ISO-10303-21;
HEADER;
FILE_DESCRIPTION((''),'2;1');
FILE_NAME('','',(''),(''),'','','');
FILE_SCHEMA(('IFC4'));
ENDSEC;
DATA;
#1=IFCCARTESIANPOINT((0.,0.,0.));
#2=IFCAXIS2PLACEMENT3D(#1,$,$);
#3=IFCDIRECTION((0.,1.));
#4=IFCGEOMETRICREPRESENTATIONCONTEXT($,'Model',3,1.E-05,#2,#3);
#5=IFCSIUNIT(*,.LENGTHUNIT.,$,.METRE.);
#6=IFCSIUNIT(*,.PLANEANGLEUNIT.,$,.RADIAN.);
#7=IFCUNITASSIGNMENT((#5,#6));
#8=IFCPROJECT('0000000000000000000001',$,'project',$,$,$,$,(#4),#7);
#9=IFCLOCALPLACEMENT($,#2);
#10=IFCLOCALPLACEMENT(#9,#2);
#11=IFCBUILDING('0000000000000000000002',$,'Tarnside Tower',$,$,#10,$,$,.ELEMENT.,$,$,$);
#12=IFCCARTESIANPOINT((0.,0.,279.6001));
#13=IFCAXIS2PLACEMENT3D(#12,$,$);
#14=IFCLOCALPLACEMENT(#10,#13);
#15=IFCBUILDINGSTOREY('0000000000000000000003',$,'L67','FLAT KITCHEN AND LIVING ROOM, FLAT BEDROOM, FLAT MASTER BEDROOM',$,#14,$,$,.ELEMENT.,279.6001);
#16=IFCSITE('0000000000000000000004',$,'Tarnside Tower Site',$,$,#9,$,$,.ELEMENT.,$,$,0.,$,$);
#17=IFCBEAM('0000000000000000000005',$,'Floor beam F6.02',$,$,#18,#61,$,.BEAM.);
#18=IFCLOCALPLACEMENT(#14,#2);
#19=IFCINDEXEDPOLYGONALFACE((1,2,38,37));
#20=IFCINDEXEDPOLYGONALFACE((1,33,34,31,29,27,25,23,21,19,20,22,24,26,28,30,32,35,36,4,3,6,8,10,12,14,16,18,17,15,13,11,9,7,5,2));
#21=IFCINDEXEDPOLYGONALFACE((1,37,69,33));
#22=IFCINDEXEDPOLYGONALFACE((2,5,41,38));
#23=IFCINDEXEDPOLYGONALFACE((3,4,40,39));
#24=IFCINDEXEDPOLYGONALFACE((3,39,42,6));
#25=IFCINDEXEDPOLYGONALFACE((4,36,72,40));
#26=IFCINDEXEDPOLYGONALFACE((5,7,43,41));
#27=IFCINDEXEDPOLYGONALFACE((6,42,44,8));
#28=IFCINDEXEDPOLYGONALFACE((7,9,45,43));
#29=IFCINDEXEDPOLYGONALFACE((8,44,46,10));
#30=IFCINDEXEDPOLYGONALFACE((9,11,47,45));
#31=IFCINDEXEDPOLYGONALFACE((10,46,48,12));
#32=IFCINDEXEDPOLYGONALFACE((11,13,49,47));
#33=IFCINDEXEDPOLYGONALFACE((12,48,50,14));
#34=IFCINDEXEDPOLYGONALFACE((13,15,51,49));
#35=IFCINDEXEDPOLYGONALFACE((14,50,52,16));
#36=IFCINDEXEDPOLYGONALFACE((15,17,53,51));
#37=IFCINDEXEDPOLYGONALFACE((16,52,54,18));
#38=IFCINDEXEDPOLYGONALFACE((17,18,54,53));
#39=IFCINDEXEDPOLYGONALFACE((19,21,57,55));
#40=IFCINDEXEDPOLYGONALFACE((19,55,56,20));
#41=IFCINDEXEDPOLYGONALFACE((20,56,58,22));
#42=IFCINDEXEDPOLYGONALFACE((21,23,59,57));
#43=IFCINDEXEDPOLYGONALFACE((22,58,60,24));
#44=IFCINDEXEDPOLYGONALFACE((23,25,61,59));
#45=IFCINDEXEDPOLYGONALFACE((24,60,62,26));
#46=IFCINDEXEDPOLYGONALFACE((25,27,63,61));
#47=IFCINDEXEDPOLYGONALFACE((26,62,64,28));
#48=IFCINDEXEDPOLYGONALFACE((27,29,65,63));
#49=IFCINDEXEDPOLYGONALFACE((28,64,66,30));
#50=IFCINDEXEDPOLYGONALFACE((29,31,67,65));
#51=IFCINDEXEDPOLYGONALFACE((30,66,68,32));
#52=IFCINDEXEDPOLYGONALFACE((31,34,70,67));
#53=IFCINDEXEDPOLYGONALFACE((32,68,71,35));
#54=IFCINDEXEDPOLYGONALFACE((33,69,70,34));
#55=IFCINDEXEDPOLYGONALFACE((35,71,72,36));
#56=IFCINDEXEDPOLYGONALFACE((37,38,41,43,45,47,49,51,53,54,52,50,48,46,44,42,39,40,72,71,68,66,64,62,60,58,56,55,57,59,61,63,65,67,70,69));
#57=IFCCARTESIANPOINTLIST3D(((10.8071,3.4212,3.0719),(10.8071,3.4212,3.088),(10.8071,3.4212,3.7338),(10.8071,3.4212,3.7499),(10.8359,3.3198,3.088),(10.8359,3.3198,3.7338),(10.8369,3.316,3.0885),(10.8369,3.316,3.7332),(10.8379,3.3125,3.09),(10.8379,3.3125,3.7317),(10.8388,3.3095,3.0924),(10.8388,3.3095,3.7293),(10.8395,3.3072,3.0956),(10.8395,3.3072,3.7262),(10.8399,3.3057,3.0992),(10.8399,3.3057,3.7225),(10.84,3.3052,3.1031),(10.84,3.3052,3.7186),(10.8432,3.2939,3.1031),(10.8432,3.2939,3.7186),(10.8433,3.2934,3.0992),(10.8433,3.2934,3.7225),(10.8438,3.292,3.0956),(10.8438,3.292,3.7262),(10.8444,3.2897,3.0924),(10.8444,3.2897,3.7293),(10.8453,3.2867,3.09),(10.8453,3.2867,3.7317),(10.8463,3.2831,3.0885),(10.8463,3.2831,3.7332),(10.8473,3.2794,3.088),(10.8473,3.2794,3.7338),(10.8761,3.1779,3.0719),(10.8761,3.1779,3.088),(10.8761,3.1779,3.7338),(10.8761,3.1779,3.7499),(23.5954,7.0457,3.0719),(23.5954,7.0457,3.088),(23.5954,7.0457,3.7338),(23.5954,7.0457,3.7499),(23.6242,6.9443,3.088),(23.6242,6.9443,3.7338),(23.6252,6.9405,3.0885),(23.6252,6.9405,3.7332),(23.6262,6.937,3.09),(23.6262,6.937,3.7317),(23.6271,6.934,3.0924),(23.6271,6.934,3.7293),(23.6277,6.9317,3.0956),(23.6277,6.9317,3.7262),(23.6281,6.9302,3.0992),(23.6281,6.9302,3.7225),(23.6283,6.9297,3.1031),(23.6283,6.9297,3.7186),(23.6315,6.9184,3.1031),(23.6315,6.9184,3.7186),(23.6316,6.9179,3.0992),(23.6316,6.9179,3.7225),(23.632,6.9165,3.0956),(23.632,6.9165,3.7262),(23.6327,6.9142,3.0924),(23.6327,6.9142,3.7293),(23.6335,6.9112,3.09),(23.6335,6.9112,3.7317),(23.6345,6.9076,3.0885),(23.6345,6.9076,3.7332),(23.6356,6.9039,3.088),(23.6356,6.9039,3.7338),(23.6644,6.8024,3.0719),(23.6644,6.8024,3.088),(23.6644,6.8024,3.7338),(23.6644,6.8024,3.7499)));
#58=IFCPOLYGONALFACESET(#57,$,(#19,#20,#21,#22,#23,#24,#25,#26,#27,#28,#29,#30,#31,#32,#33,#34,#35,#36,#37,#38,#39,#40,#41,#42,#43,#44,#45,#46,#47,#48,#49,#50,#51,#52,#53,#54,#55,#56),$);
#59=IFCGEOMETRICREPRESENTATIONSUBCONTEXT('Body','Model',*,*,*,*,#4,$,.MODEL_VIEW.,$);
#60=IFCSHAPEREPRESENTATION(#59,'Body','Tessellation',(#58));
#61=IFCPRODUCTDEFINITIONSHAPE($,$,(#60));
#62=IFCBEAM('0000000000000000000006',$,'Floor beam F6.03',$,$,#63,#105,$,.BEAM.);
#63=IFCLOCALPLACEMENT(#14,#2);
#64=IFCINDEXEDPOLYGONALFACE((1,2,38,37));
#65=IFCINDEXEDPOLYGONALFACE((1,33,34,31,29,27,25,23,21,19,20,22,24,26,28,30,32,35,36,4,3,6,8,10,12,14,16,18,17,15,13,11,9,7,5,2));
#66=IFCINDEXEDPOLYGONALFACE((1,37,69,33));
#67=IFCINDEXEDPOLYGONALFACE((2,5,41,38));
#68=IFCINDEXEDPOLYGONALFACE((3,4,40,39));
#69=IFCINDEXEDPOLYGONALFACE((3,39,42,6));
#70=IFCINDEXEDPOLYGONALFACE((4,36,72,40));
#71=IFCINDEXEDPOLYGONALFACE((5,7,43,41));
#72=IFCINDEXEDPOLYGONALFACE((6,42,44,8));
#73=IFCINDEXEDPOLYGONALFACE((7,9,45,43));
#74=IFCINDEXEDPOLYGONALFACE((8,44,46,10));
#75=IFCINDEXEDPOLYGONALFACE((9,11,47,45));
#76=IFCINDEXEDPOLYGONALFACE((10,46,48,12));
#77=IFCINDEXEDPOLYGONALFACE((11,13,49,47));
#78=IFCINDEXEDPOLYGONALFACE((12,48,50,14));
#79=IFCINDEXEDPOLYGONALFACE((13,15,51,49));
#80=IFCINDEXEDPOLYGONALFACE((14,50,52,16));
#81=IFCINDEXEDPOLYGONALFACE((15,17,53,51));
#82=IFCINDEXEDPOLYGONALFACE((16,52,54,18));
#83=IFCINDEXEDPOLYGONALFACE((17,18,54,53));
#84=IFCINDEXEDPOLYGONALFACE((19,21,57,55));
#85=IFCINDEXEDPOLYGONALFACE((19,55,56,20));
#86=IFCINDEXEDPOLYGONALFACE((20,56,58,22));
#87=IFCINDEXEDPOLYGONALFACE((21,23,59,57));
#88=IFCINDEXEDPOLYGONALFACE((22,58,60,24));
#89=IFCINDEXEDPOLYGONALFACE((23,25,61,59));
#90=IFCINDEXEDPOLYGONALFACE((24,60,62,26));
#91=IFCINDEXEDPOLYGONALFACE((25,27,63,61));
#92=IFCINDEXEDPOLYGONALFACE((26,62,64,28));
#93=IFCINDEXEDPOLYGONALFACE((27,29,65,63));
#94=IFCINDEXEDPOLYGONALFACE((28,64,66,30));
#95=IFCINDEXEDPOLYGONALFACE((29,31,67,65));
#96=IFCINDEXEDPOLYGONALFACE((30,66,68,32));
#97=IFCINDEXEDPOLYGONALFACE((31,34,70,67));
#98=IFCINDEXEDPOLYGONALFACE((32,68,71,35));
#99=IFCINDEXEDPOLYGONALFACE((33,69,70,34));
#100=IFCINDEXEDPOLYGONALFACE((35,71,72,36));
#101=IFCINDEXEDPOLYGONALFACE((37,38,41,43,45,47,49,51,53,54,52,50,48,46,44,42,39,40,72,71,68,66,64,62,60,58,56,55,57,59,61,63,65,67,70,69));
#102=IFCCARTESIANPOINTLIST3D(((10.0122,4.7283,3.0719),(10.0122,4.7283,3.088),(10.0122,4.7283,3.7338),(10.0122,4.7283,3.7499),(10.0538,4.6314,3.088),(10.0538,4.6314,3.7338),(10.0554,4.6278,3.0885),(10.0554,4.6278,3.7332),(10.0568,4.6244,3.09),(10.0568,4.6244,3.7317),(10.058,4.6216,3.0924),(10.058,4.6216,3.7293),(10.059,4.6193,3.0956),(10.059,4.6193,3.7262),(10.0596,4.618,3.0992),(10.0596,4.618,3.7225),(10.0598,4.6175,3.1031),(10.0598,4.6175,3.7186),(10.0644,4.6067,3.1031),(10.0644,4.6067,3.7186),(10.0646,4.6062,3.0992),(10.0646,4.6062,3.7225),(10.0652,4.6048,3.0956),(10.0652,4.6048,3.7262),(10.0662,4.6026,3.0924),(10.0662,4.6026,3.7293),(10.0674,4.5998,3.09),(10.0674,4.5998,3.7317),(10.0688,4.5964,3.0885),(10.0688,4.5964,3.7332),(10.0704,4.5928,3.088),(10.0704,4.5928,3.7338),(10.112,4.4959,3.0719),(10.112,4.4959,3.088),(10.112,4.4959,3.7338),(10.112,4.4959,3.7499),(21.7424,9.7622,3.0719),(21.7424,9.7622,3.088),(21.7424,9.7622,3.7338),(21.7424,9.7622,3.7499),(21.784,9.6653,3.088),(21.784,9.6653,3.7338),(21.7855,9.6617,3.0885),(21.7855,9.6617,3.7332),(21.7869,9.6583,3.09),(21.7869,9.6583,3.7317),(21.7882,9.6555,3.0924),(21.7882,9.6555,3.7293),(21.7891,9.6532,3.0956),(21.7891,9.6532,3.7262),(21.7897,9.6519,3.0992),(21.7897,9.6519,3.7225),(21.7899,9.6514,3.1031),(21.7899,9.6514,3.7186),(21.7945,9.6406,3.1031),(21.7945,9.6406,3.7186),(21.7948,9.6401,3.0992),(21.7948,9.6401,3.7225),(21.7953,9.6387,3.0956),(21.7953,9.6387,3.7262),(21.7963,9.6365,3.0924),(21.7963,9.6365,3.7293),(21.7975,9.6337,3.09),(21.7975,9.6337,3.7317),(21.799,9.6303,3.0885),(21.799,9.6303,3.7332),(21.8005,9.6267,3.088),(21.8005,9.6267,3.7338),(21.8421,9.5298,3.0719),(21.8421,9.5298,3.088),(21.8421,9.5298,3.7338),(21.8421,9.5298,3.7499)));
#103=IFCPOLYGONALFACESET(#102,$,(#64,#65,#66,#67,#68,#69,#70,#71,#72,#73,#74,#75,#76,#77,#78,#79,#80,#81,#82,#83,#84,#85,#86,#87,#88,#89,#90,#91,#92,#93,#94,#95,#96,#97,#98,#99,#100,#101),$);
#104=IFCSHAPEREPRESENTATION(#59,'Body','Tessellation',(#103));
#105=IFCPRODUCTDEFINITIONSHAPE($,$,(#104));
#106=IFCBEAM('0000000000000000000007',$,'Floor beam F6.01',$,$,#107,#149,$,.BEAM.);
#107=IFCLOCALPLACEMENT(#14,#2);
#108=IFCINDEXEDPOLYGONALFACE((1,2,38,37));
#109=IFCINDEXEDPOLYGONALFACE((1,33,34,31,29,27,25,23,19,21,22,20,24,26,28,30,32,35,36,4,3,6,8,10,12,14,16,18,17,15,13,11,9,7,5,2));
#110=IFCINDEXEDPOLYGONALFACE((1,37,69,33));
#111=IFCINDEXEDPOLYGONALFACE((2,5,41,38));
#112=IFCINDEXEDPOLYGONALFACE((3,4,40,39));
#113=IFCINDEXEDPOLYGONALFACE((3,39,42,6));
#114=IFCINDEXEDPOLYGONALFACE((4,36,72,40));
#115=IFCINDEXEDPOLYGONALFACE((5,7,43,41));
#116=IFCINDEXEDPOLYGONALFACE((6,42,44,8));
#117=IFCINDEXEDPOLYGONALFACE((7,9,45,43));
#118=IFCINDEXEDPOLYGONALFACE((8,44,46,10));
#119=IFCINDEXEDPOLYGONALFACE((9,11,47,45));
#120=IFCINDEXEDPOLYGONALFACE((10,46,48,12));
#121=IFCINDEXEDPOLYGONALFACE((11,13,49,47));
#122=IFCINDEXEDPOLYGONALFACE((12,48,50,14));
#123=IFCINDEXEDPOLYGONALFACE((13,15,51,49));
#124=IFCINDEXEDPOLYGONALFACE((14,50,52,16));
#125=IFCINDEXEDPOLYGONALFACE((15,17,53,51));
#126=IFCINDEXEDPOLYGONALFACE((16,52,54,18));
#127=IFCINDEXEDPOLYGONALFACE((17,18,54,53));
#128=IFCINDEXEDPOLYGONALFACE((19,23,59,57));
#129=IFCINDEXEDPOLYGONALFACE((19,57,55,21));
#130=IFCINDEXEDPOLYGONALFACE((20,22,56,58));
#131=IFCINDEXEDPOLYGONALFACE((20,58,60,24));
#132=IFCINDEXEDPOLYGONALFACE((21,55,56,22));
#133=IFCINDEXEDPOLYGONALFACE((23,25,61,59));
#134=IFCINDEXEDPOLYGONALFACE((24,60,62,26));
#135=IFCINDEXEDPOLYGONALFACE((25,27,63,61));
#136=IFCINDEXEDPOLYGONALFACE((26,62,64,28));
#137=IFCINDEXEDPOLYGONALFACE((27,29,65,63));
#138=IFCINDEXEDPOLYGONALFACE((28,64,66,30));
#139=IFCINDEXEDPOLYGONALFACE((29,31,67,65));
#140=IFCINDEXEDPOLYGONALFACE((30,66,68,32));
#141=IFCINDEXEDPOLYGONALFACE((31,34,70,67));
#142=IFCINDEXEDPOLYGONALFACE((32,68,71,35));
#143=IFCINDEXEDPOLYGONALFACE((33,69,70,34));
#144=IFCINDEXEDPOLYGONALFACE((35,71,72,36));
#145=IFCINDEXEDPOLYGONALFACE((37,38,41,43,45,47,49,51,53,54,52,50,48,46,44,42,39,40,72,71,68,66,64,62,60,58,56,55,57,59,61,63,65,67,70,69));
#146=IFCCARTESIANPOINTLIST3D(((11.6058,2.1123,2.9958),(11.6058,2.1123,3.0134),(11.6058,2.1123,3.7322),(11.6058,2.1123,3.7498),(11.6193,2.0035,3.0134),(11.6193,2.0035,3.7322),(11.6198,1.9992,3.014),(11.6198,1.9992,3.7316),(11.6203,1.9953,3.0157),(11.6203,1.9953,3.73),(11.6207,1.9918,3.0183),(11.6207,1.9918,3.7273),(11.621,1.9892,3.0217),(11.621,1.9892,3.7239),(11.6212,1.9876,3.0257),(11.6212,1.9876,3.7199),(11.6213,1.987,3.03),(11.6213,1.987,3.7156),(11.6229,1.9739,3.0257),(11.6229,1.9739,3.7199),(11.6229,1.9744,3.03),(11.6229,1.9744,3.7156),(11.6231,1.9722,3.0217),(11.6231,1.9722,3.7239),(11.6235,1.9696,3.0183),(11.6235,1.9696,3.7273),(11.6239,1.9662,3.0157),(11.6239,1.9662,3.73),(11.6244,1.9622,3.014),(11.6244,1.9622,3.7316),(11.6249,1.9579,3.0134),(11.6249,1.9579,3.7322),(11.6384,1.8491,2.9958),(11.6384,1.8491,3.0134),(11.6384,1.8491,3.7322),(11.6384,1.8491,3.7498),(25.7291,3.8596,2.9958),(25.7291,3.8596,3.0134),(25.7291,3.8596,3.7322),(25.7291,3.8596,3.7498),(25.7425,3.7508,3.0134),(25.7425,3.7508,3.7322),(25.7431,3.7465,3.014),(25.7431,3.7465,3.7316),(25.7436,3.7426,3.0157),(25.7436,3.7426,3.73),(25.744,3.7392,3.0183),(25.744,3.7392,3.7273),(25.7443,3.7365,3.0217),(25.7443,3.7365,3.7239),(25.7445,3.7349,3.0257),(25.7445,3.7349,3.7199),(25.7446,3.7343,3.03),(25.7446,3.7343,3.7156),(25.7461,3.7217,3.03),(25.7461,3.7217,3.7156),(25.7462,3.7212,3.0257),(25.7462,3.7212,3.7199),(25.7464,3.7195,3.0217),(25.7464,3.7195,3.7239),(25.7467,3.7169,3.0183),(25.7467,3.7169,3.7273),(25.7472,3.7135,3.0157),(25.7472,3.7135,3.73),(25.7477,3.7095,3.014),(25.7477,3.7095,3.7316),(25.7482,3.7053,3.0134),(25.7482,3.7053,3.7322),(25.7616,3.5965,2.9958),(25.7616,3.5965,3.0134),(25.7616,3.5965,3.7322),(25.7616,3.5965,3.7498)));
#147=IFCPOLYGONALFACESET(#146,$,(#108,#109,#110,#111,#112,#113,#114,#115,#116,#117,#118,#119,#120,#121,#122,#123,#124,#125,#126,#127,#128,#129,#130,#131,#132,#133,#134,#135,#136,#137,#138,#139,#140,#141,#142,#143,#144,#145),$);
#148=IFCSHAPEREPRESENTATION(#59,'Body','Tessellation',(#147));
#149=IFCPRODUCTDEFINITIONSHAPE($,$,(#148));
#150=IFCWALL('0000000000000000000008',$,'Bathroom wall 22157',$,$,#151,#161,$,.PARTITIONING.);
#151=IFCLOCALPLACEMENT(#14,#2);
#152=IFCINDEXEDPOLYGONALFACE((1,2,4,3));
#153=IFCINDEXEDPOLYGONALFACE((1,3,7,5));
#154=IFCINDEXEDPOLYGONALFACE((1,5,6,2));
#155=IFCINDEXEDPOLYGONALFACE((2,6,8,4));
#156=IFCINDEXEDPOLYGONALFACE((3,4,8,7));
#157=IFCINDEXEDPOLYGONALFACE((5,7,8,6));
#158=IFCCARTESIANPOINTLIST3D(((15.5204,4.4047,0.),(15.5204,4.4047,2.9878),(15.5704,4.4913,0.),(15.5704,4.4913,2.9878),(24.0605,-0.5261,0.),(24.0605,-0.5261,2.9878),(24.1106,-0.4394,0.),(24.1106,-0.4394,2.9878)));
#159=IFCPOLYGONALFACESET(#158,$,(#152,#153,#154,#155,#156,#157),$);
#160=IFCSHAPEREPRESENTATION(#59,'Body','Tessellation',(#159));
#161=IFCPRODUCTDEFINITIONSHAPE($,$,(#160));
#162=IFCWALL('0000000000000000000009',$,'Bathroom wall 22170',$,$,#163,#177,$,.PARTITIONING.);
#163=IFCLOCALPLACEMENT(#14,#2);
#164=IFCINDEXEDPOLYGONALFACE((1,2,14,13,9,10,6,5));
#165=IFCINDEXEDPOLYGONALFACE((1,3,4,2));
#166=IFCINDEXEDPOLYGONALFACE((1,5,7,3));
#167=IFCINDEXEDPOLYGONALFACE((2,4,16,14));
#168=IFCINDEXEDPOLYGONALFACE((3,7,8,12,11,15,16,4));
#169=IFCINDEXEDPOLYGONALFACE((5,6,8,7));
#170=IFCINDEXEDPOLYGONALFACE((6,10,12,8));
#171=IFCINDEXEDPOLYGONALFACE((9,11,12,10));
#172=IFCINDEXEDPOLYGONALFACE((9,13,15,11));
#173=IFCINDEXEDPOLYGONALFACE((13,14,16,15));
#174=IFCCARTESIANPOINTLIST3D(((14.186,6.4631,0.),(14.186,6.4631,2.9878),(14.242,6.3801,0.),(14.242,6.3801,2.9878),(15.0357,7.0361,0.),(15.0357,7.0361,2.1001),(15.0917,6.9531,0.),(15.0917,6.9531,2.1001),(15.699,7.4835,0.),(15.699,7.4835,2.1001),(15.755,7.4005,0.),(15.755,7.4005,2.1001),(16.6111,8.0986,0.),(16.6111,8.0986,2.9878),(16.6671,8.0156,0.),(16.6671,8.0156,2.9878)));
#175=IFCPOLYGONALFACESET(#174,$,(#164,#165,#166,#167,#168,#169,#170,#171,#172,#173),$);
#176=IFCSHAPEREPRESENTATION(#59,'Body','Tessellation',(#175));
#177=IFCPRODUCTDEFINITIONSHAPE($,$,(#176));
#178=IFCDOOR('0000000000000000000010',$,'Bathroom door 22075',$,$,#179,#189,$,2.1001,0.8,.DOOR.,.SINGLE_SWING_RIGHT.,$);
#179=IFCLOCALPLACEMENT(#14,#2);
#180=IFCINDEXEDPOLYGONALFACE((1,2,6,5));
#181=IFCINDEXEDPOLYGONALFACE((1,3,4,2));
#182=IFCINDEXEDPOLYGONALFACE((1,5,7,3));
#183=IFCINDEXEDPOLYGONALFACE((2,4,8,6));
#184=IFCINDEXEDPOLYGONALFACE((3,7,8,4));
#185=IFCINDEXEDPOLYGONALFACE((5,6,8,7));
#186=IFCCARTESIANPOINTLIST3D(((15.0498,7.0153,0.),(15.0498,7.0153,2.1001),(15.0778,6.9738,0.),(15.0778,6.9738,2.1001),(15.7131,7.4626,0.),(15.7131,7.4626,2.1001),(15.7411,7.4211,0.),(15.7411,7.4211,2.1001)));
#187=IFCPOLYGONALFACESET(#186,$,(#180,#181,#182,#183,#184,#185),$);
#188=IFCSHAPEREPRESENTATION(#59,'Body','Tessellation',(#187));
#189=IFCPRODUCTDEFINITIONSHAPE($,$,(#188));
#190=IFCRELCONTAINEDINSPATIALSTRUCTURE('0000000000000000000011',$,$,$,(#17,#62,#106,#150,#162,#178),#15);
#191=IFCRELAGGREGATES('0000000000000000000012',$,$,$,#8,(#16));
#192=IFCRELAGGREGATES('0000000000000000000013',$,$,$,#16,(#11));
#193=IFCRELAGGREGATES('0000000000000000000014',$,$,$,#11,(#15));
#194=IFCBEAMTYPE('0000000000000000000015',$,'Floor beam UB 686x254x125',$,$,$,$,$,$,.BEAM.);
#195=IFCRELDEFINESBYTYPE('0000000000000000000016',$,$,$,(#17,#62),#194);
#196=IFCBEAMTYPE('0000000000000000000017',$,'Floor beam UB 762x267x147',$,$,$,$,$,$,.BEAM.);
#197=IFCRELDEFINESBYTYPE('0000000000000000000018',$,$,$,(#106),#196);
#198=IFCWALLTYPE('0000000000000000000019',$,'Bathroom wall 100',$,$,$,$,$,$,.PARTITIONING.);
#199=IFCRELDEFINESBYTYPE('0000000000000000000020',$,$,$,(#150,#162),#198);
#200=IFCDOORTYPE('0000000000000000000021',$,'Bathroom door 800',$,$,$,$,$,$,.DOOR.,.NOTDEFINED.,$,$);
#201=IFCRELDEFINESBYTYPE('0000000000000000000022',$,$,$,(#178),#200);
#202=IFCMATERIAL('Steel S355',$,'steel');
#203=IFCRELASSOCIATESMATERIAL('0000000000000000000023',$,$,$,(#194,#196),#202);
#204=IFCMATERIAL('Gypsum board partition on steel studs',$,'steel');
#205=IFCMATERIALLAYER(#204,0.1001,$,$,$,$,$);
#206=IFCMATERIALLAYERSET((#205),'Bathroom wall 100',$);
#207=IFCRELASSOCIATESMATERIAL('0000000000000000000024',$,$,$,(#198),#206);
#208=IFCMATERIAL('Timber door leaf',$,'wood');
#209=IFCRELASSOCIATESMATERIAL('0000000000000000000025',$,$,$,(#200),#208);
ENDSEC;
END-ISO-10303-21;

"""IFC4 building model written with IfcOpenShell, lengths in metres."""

from ifc_helpers import new_model, si_unit, direction, frame, frame_2d, origin, origin_2d, place, context, subcontext, project, spatial, rectangle, i_section, extrude, material, layer, layer_set, material_profile, profile_set, type_object, element, fill, save


model = new_model("IFC4")

# Units and contexts
model_context = context("Model", 3, precision=1e-05, world=origin(), true_north=direction((0.0, 1.0)))
body_context = subcontext(model_context, "Body", "Model", "MODEL_VIEW")
ifc_project = project(units=[si_unit("LENGTHUNIT", "METRE"), si_unit("PLANEANGLEUNIT", "RADIAN")], contexts=[model_context])

# Site, building, storey
site_placement = place(None, origin())
site = spatial("IfcSite", under=ifc_project, at=site_placement, Name="Tarnside Tower Site", CompositionType="ELEMENT", RefElevation=0.0)
building_placement = place(site_placement, origin())
building = spatial("IfcBuilding", under=site, at=building_placement, Name="Tarnside Tower", CompositionType="ELEMENT")
storey_placement = place(building_placement, frame((0.0, 0.0, 279.6001)))
storey = spatial("IfcBuildingStorey", under=building, at=storey_placement, Name="L67", Description="FLAT KITCHEN AND LIVING ROOM, FLAT BEDROOM, FLAT MASTER BEDROOM", CompositionType="ELEMENT", Elevation=279.6001)

# Beams
ifc_material_1 = material(Name="Steel S355", Category="steel")
ifc_material_profile_1 = material_profile(ifc_material_1, i_section(OverallWidth=0.2529, OverallDepth=0.678, WebThickness=0.0117, FlangeThickness=0.0161, FilletRadius=0.0151, at=origin_2d()), Name="UB 686x254x125")
ifc_profile_set_1 = profile_set([ifc_material_profile_1], Name="Steel S355")
beam_type_1 = type_object("IfcBeamType", Name="Floor beam UB 686x254x125", PredefinedType="BEAM", material=ifc_profile_set_1)
beam_1_placement = place(storey_placement, frame((23.6299, 6.9241, 3.4109), z_axis=(-0.962104, -0.272683, 0.0), x_axis=(0.272683, -0.962104, 0.0)))
element("IfcBeam", 1, at=beam_1_placement, inside=storey, type_object=beam_type_1, Name="Floor beam F6.02", PredefinedType="BEAM", context=body_context, shape_type="SweptSolid", body=[
    extrude(i_section(OverallWidth=0.2529, OverallDepth=0.678, WebThickness=0.0117, FlangeThickness=0.0161, FilletRadius=0.0151, at=origin_2d()), origin(), (0.0, 0.0, 1.0), 13.292),
])
beam_2_placement = place(storey_placement, frame((21.7922, 9.646, 3.4109), z_axis=(-0.918955, -0.394362, 0.0), x_axis=(0.394362, -0.918955, 0.0)))
element("IfcBeam", 2, at=beam_2_placement, inside=storey, type_object=beam_type_1, Name="Floor beam F6.03", PredefinedType="BEAM", context=body_context, shape_type="SweptSolid", body=[
    extrude(i_section(OverallWidth=0.2529, OverallDepth=0.678, WebThickness=0.0117, FlangeThickness=0.0161, FilletRadius=0.0151, at=origin_2d()), origin(), (0.0, 0.0, 1.0), 12.7646),
])
ifc_material_profile_2 = material_profile(ifc_material_1, i_section(OverallWidth=0.2651, OverallDepth=0.7539, WebThickness=0.0127, FlangeThickness=0.0176, FilletRadius=0.0166, at=origin_2d()), Name="UB 762x267x147")
ifc_profile_set_2 = profile_set([ifc_material_profile_2], Name="Steel S355")
beam_type_2 = type_object("IfcBeamType", Name="Floor beam UB 762x267x147", PredefinedType="BEAM", material=ifc_profile_set_2)
beam_3_placement = place(storey_placement, frame((25.7454, 3.728, 3.3728), z_axis=(-0.992434, -0.122783, 0.0), x_axis=(0.122783, -0.992434, 0.0)))
element("IfcBeam", 3, at=beam_3_placement, inside=storey, type_object=beam_type_2, Name="Floor beam F6.01", PredefinedType="BEAM", context=body_context, shape_type="SweptSolid", body=[
    extrude(i_section(OverallWidth=0.2651, OverallDepth=0.7539, WebThickness=0.0127, FlangeThickness=0.0176, FilletRadius=0.0166, at=origin_2d()), origin(), (0.0, 0.0, 1.0), 14.231),
])

# Wall
ifc_material_2 = material(Name="Gypsum board partition on steel studs", Category="steel")
ifc_layer_1 = layer(ifc_material_2, 0.1001)
ifc_layer_set_1 = layer_set([ifc_layer_1], Name="Bathroom wall 100")
wall_type_1 = type_object("IfcWallType", Name="Bathroom wall 100", PredefinedType="PARTITIONING", material=ifc_layer_set_1)
wall_1_placement = place(storey_placement, frame((15.5454, 4.448, 0.0), z_axis=(0.0, 0.0, 1.0), x_axis=(0.866022, -0.500005, 0.0)))
element("IfcWall", 4, at=wall_1_placement, inside=storey, type_object=wall_type_1, Name="Bathroom wall 22157", PredefinedType="PARTITIONING", context=body_context, shape_type="SweptSolid", body=[
    extrude(rectangle(XDim=9.8613, YDim=0.1001, at=frame_2d((4.9307, 0.0))), origin(), (0.0, 0.0, 1.0), 2.9878),
])

# Wall, opening, door
wall_2_placement = place(storey_placement, frame((14.2141, 6.4216, 0.0), z_axis=(0.0, 0.0, 1.0), x_axis=(0.829072, 0.559142, 0.0)))
wall_2 = element("IfcWall", 5, at=wall_2_placement, inside=storey, type_object=wall_type_1, Name="Bathroom wall 22170", PredefinedType="PARTITIONING", context=body_context, shape_type="SweptSolid", body=[
    extrude(rectangle(XDim=2.925, YDim=0.1001, at=frame_2d((1.4624, 0.0))), origin(), (0.0, 0.0, 1.0), 2.9878),
])
opening_1_placement = place(wall_2_placement, frame((1.0249, 0.0, 0.0)))
opening_1 = element("IfcOpeningElement", 6, at=opening_1_placement, cuts=wall_2, PredefinedType="OPENING", context=body_context, shape_type="SweptSolid", body=[
    extrude(rectangle(XDim=0.8, YDim=2.1001, at=frame_2d((0.3999, 1.05))), frame((0.0, 0.0601, 0.0), z_axis=(0.0, -1.0, 0.0), x_axis=(1.0, 0.0, 0.0)), (0.0, 0.0, 1.0), 0.1201),
])
ifc_material_3 = material(Name="Timber door leaf", Category="wood")
door_type_1 = type_object("IfcDoorType", Name="Bathroom door 800", OperationType="NOTDEFINED", PredefinedType="DOOR", material=ifc_material_3)
door_1_placement = place(opening_1_placement, origin())
door_1 = element("IfcDoor", 7, at=door_1_placement, inside=storey, type_object=door_type_1, Name="Bathroom door 22075", OperationType="SINGLE_SWING_RIGHT", OverallHeight=2.1001, OverallWidth=0.8, PredefinedType="DOOR", context=body_context, shape_type="SweptSolid", body=[
    extrude(rectangle(XDim=0.8, YDim=2.1001, at=frame_2d((0.3999, 1.05))), frame((0.0, 0.0249, 0.0), z_axis=(0.0, -1.0, 0.0), x_axis=(1.0, 0.0, 0.0)), (0.0, 0.0, 1.0), 0.05),
])
fill(opening_1, door_1)

save(model, "model.ifc")
